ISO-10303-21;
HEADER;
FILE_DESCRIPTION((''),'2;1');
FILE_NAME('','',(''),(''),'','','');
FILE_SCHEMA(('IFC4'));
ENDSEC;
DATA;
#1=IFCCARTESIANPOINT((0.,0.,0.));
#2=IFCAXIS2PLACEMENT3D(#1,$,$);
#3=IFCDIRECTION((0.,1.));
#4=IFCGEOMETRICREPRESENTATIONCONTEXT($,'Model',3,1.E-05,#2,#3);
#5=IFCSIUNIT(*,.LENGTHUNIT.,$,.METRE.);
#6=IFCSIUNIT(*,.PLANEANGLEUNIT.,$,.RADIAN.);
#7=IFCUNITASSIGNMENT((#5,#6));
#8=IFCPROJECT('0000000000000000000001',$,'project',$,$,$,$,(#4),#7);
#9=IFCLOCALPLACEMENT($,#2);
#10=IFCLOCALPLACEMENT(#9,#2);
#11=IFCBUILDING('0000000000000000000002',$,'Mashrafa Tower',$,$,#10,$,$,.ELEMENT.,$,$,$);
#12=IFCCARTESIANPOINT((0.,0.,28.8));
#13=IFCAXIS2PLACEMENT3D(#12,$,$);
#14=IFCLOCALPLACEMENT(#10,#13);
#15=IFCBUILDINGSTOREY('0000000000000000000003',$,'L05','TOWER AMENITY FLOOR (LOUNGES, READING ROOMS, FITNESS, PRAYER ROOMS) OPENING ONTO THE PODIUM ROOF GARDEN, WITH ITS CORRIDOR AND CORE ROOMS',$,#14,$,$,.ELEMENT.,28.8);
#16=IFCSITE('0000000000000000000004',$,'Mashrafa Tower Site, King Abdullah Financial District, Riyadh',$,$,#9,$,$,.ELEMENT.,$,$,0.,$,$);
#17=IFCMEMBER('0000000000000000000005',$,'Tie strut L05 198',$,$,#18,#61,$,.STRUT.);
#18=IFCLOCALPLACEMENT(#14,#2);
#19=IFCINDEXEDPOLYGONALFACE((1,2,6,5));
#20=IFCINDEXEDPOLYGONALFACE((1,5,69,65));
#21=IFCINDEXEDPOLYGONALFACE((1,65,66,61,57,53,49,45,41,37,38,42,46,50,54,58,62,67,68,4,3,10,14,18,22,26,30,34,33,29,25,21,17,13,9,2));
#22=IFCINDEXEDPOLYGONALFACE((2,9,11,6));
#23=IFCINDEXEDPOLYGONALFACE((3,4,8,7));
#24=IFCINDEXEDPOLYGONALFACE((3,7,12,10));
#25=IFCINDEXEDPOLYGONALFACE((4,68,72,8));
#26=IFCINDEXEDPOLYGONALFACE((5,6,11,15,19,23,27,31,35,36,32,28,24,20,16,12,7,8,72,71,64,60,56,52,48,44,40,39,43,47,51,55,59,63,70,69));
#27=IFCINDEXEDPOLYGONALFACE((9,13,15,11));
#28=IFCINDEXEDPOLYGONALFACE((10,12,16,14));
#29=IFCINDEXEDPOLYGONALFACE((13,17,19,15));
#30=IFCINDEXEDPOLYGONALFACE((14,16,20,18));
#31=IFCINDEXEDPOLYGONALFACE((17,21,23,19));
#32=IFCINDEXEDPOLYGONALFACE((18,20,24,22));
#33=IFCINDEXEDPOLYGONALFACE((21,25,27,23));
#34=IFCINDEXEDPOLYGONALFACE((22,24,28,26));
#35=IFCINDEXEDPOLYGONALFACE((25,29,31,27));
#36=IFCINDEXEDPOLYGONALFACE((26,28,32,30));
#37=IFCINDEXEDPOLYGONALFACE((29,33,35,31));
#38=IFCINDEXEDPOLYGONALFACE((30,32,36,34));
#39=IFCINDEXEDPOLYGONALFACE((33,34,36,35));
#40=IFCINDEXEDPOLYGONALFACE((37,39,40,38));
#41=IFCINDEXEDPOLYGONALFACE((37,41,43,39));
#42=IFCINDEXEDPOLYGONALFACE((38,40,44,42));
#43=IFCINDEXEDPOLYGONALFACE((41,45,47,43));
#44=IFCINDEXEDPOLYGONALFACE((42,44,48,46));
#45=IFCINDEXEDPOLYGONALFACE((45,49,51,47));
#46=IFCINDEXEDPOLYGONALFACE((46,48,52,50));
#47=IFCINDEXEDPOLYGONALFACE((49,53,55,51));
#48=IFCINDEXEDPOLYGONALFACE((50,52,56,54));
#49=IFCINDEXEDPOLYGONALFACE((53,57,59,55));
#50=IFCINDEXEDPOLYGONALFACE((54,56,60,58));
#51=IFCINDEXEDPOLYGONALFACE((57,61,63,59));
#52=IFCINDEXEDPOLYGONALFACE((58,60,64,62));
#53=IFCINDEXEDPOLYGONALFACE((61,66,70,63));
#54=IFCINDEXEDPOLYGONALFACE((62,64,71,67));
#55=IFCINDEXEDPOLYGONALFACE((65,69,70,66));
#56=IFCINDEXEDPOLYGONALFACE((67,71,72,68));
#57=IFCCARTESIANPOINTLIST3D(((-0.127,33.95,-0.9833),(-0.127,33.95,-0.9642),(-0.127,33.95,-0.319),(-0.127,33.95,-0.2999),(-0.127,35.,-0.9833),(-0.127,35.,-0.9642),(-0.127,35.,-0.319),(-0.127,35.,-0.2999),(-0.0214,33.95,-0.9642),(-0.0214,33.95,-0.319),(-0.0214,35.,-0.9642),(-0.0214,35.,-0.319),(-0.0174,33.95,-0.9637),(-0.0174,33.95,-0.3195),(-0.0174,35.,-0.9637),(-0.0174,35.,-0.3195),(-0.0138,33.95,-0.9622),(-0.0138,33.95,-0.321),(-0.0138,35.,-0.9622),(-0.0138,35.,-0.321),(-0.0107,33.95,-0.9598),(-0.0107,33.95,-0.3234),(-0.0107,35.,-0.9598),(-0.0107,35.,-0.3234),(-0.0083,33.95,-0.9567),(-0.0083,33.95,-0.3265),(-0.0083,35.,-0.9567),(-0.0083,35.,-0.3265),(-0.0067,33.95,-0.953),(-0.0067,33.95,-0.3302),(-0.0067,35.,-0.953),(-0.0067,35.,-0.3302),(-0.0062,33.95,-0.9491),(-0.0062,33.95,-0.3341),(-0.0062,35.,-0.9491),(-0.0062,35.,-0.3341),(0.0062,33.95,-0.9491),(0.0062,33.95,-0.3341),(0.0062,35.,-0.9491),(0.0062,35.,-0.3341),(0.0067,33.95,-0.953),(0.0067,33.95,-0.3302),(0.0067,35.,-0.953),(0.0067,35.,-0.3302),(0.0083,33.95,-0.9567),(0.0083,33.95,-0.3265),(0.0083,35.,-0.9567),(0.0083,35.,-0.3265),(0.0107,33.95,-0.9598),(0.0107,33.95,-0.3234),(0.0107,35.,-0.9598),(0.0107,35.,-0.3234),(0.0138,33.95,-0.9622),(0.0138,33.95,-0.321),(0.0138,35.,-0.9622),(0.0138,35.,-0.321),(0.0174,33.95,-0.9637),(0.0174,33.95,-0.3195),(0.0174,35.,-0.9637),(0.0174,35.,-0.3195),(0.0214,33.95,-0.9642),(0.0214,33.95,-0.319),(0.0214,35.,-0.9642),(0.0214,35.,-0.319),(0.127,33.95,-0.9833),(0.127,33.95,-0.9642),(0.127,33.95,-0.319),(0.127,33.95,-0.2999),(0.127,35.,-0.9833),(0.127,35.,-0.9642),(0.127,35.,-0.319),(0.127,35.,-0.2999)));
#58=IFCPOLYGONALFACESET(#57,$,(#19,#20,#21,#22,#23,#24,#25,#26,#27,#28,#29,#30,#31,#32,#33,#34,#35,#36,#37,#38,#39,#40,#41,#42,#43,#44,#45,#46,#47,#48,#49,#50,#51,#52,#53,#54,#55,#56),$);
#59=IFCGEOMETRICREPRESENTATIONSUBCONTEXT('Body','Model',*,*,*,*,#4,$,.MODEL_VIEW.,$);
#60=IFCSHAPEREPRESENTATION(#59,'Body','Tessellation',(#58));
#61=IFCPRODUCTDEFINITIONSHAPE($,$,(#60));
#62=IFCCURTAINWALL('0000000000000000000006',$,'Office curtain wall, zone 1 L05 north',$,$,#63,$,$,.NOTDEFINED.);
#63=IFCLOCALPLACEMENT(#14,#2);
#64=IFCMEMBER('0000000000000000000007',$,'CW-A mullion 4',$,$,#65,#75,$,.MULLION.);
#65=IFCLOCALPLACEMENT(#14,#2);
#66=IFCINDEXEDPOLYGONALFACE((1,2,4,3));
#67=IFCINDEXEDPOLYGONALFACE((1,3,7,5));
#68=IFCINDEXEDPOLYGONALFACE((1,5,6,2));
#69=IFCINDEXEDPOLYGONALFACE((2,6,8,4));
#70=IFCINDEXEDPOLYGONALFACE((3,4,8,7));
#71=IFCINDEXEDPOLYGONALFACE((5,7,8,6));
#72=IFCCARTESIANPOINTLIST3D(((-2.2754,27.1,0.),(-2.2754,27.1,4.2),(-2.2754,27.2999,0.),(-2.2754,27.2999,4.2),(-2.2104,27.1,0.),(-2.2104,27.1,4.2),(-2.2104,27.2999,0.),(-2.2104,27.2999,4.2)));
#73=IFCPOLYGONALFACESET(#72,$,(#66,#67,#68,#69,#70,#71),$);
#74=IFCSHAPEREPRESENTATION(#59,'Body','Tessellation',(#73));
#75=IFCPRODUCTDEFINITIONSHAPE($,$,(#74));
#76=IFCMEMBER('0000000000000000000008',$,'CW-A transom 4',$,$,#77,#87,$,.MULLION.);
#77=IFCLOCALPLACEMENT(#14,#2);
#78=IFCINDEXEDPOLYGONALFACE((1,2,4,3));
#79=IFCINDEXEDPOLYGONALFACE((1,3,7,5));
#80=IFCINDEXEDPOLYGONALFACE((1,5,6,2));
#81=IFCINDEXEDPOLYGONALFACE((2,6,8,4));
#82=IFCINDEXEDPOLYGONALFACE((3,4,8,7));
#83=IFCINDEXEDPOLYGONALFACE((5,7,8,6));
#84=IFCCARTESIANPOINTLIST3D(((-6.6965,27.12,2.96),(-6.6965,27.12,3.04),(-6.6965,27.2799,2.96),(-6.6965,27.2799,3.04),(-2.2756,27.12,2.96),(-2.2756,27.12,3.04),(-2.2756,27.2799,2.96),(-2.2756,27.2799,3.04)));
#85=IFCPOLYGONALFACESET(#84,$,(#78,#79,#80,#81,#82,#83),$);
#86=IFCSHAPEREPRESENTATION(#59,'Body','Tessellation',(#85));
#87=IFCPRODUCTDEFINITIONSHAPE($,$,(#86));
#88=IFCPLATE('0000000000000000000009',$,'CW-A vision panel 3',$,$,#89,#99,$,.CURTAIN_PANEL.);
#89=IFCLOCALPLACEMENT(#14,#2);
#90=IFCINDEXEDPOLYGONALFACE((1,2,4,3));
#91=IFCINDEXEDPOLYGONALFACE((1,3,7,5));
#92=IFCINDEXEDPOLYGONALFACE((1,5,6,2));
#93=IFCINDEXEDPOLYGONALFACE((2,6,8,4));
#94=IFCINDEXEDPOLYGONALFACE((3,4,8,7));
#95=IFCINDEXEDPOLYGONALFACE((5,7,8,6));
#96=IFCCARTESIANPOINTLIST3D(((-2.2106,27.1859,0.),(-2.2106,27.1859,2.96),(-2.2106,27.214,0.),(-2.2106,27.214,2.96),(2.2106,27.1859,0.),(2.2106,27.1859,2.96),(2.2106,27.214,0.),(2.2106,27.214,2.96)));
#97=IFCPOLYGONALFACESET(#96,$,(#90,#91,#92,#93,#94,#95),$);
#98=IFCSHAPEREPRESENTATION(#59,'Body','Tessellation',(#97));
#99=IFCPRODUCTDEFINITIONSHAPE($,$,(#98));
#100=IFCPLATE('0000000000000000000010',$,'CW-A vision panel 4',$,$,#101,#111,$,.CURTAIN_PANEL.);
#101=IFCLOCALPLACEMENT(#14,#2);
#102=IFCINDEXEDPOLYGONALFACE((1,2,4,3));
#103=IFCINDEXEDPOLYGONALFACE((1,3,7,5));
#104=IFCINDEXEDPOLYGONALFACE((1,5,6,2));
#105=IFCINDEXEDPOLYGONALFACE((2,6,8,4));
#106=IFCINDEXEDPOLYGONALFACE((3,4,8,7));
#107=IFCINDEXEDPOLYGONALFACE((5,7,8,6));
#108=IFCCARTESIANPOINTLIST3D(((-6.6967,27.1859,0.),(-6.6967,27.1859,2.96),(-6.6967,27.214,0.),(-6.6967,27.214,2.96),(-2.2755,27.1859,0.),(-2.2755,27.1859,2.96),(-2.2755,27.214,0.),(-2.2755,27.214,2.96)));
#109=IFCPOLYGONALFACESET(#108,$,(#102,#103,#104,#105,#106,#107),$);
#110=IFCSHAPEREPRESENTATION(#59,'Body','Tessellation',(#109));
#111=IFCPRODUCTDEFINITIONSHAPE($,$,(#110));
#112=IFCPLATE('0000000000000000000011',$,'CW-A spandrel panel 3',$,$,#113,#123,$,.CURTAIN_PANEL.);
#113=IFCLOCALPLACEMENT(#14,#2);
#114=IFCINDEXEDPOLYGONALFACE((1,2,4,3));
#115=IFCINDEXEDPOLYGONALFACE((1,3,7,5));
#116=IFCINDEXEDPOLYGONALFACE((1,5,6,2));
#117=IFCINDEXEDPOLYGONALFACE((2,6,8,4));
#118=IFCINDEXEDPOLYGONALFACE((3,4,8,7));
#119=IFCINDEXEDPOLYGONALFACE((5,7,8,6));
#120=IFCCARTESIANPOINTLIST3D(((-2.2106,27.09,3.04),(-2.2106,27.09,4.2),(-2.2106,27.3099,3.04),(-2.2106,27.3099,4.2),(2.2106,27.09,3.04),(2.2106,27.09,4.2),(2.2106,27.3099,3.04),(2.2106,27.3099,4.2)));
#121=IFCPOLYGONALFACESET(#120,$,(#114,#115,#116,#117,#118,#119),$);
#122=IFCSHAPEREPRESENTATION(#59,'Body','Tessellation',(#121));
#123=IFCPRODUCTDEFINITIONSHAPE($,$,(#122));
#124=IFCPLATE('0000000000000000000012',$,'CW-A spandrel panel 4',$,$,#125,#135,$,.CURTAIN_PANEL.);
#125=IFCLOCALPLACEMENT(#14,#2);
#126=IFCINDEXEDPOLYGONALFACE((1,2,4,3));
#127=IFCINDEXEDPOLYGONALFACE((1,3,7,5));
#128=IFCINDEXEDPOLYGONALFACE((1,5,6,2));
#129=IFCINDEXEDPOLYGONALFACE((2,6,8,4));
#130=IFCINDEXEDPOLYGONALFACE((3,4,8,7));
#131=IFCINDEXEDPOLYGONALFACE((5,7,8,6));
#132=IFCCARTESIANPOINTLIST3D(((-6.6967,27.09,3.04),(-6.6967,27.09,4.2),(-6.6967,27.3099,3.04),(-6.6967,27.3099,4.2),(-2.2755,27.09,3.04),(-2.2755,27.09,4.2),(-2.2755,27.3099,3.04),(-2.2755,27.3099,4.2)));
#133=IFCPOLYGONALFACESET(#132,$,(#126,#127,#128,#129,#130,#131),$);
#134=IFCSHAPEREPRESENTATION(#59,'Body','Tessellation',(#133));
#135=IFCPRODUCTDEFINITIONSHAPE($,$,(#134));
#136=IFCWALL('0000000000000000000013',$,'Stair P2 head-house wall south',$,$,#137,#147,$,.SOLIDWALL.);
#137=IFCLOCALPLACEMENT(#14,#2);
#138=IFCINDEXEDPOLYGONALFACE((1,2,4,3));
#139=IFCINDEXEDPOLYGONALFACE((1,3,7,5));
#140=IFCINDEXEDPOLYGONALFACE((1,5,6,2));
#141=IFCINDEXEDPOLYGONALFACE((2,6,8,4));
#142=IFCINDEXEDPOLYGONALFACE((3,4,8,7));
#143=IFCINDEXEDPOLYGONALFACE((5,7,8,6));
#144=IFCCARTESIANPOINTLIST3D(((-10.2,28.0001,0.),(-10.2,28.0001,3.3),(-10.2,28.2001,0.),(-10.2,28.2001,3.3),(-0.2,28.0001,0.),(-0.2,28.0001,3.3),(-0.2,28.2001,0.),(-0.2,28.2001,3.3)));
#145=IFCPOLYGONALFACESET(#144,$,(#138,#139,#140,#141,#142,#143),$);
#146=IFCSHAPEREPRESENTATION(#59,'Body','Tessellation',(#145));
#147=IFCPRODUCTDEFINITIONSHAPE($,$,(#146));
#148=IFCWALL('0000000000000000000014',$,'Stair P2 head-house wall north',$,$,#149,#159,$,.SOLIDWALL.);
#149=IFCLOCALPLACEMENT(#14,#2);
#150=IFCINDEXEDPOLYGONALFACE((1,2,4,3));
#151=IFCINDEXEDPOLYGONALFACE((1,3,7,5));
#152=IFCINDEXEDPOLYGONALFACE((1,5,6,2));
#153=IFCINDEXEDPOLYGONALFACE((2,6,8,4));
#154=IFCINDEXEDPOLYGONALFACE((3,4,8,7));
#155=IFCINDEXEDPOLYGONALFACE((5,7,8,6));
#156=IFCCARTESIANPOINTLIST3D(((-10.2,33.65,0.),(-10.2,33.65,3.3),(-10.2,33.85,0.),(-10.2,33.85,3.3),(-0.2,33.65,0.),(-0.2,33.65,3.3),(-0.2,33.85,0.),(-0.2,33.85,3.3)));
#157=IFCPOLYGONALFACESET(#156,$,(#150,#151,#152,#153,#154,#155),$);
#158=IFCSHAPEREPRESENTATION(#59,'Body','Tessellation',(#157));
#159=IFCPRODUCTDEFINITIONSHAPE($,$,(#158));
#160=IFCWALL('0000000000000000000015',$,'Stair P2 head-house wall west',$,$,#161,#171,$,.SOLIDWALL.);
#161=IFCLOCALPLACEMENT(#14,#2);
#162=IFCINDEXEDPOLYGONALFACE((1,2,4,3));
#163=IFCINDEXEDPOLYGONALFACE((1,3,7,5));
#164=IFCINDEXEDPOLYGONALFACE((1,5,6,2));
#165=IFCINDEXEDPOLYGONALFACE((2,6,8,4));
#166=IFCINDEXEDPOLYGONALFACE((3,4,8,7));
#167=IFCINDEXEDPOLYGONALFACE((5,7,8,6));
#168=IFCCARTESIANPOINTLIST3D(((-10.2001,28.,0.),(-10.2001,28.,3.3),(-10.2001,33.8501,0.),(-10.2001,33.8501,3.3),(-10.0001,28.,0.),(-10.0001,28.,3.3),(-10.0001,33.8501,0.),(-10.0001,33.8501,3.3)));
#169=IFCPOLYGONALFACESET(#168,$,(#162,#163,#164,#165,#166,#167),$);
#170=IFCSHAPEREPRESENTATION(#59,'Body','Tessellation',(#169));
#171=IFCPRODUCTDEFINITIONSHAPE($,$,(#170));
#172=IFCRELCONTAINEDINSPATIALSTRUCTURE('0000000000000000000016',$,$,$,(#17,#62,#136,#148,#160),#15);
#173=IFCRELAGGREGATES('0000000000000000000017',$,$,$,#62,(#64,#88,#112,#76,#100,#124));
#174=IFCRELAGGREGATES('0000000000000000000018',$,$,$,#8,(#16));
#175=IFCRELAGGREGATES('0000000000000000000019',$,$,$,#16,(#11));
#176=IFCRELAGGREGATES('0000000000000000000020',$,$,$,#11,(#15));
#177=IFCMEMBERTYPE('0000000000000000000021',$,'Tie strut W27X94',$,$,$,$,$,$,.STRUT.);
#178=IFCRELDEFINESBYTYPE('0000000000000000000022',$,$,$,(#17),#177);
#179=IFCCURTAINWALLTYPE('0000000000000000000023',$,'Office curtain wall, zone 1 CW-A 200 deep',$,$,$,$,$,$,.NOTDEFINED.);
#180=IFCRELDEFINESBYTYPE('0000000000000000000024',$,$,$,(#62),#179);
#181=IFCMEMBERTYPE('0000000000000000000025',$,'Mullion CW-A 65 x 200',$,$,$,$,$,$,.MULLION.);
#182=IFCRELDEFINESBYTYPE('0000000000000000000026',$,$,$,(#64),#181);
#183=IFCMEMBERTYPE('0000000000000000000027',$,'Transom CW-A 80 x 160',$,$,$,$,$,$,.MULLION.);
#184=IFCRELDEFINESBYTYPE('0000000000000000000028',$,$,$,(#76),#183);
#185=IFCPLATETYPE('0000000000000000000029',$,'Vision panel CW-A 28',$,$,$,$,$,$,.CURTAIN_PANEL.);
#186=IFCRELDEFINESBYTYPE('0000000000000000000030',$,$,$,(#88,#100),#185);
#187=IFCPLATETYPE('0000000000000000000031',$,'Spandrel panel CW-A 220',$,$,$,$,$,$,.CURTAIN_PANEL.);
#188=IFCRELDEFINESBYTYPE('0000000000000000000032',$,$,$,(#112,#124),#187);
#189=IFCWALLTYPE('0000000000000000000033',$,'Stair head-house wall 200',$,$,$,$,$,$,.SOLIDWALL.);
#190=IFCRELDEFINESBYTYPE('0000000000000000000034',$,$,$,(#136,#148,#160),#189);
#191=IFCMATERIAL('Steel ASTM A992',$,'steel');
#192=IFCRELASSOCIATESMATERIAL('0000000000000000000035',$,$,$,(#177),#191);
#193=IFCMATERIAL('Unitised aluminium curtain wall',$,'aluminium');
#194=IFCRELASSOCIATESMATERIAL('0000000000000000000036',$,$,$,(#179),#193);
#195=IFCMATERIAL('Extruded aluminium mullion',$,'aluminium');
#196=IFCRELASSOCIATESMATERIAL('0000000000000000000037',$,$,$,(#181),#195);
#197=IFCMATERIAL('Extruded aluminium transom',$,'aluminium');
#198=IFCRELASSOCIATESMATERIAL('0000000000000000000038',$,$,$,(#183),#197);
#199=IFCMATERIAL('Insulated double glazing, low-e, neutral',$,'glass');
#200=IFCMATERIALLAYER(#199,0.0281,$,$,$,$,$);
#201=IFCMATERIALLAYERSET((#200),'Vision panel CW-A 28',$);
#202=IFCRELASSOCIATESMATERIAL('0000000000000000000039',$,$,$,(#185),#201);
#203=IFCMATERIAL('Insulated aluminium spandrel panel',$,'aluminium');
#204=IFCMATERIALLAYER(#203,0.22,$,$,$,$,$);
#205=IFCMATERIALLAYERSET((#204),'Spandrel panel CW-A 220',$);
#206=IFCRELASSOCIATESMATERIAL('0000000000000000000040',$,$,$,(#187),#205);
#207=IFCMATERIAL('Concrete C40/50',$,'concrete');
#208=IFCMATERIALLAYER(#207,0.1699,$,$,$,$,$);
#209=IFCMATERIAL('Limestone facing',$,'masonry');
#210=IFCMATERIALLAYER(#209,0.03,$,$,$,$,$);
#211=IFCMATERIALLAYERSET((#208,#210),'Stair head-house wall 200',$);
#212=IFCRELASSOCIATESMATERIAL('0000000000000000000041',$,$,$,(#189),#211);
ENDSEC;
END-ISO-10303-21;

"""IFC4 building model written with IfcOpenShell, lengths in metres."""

from ifc_helpers import new_model, si_unit, direction, frame, frame_2d, origin, origin_2d, place, context, subcontext, project, spatial, rectangle, i_section, extrude, source, transform, mapped, material, layer, layer_set, material_profile, profile_set, type_object, type_shapes, element, aggregate, save


model = new_model("IFC4")

# Units and contexts
model_context = context("Model", 3, precision=1e-05, world=origin(), true_north=direction((0.0, 1.0)))
body_context = subcontext(model_context, "Body", "Model", "MODEL_VIEW")
ifc_project = project(units=[si_unit("LENGTHUNIT", "METRE"), si_unit("PLANEANGLEUNIT", "RADIAN")], contexts=[model_context])

# Site, building, storey
site_placement = place(None, origin())
site = spatial("IfcSite", under=ifc_project, at=site_placement, Name="Mashrafa Tower Site, King Abdullah Financial District, Riyadh", CompositionType="ELEMENT", RefElevation=0.0)
building_placement = place(site_placement, origin())
building = spatial("IfcBuilding", under=site, at=building_placement, Name="Mashrafa Tower", CompositionType="ELEMENT")
storey_placement = place(building_placement, frame((0.0, 0.0, 28.8)))
storey = spatial("IfcBuildingStorey", under=building, at=storey_placement, Name="L05", Description="TOWER AMENITY FLOOR (LOUNGES, READING ROOMS, FITNESS, PRAYER ROOMS) OPENING ONTO THE PODIUM ROOF GARDEN, WITH ITS CORRIDOR AND CORE ROOMS", CompositionType="ELEMENT", Elevation=28.8)

# Member
ifc_material_1 = material(Name="Steel ASTM A992", Category="steel")
ifc_material_profile_1 = material_profile(ifc_material_1, i_section(OverallWidth=0.2539, OverallDepth=0.6833, WebThickness=0.0125, FlangeThickness=0.019, FilletRadius=0.0151, at=origin_2d()), Name="W27X94")
ifc_profile_set_1 = profile_set([ifc_material_profile_1], Name="Steel ASTM A992")
member_type_1 = type_object("IfcMemberType", Name="Tie strut W27X94", PredefinedType="STRUT", material=ifc_profile_set_1)
shared_shape_1 = source(origin(), body_context, "Body", "SweptSolid", [
    extrude(i_section(OverallWidth=0.2539, OverallDepth=0.6833, WebThickness=0.0125, FlangeThickness=0.019, FilletRadius=0.0151, at=origin_2d()), origin(), (0.0, 0.0, 1.0), 1.05),
])
type_shapes(member_type_1, [shared_shape_1])
for number, where, z_axis, x_axis, name in (
    (1, (0.0, 33.95, -0.6416), (0.0, 1.0, 0.0), (-1.0, 0.0, 0.0), "Tie strut L05 198"),
):
    element("IfcMember", number, at=place(storey_placement, frame(where, z_axis=z_axis, x_axis=x_axis)), inside=storey, type_object=member_type_1, Name=name, PredefinedType="STRUT", context=body_context, shape_type="MappedRepresentation", body=[
        mapped(shared_shape_1, transform((0.0, 0.0, 0.0))),
    ])

# Curtain wall, members, plates
ifc_material_2 = material(Name="Unitised aluminium curtain wall", Category="aluminium")
curtain_wall_type = type_object("IfcCurtainWallType", Name="Office curtain wall, zone 1 CW-A 200 deep", PredefinedType="NOTDEFINED", material=ifc_material_2)
curtain_wall_placement = place(storey_placement, origin())
curtain_wall = element("IfcCurtainWall", 2, at=curtain_wall_placement, inside=storey, type_object=curtain_wall_type, Name="Office curtain wall, zone 1 L05 north", PredefinedType="NOTDEFINED")
ifc_material_3 = material(Name="Extruded aluminium mullion", Category="aluminium")
ifc_material_profile_2 = material_profile(ifc_material_3, rectangle(XDim=0.2, YDim=0.0649, at=origin_2d()), Name="Mullion 65x200")
ifc_profile_set_2 = profile_set([ifc_material_profile_2], Name="Extruded aluminium mullion")
member_type_2 = type_object("IfcMemberType", Name="Mullion CW-A 65 x 200", PredefinedType="MULLION", material=ifc_profile_set_2)
shared_shape_2 = source(origin(), body_context, "Body", "SweptSolid", [
    extrude(rectangle(XDim=0.2, YDim=0.0649, at=origin_2d()), origin(), (0.0, 0.0, 1.0), 4.2),
])
type_shapes(member_type_2, [shared_shape_2])
member_1_placement = place(storey_placement, frame((-2.2429, 27.2, 0.0), z_axis=(0.0, 0.0, 1.0), x_axis=(0.0, -1.0, 0.0)))
member_1 = element("IfcMember", 3, at=member_1_placement, type_object=member_type_2, Name="CW-A mullion 4", PredefinedType="MULLION", context=body_context, shape_type="MappedRepresentation", body=[
    mapped(shared_shape_2, transform((0.0, 0.0, 0.0))),
])
ifc_material_4 = material(Name="Extruded aluminium transom", Category="aluminium")
ifc_material_profile_3 = material_profile(ifc_material_4, rectangle(XDim=0.1599, YDim=0.0801, at=origin_2d()), Name="Transom 80x160")
ifc_profile_set_3 = profile_set([ifc_material_profile_3], Name="Extruded aluminium transom")
member_type_3 = type_object("IfcMemberType", Name="Transom CW-A 80 x 160", PredefinedType="MULLION", material=ifc_profile_set_3)
shared_shape_3 = source(origin(), body_context, "Body", "SweptSolid", [
    extrude(rectangle(XDim=0.1599, YDim=0.0801, at=origin_2d()), origin(), (0.0, 0.0, 1.0), 4.4209),
])
type_shapes(member_type_3, [shared_shape_3])
member_2_placement = place(storey_placement, frame((-2.2756, 27.2, 3.0), z_axis=(-1.0, 0.0, 0.0), x_axis=(0.0, -1.0, 0.0)))
member_2 = element("IfcMember", 4, at=member_2_placement, type_object=member_type_3, Name="CW-A transom 4", PredefinedType="MULLION", context=body_context, shape_type="MappedRepresentation", body=[
    mapped(shared_shape_3, transform((0.0, 0.0, 0.0))),
])
ifc_material_5 = material(Name="Insulated double glazing, low-e, neutral", Category="glass")
ifc_layer_1 = layer(ifc_material_5, 0.0281)
ifc_layer_set_1 = layer_set([ifc_layer_1], Name="Vision panel CW-A 28")
plate_type_1 = type_object("IfcPlateType", Name="Vision panel CW-A 28", PredefinedType="CURTAIN_PANEL", material=ifc_layer_set_1)
shared_shape_4 = source(origin(), body_context, "Body", "SweptSolid", [
    extrude(rectangle(XDim=4.4211, YDim=0.0281, at=origin_2d()), origin(), (0.0, 0.0, 1.0), 2.96),
])
type_shapes(plate_type_1, [shared_shape_4])
plate_1_placement = place(storey_placement, frame((0.0, 27.2, 0.0), z_axis=(0.0, 0.0, 1.0), x_axis=(-1.0, 0.0, 0.0)))
plate_1 = element("IfcPlate", 5, at=plate_1_placement, type_object=plate_type_1, Name="CW-A vision panel 3", PredefinedType="CURTAIN_PANEL", context=body_context, shape_type="MappedRepresentation", body=[
    mapped(shared_shape_4, transform((0.0, 0.0, 0.0))),
])
plate_2_placement = place(storey_placement, frame((-4.4861, 27.2, 0.0), z_axis=(0.0, 0.0, 1.0), x_axis=(-1.0, 0.0, 0.0)))
plate_2 = element("IfcPlate", 6, at=plate_2_placement, type_object=plate_type_1, Name="CW-A vision panel 4", PredefinedType="CURTAIN_PANEL", context=body_context, shape_type="MappedRepresentation", body=[
    mapped(shared_shape_4, transform((0.0, 0.0, 0.0))),
])
ifc_material_6 = material(Name="Insulated aluminium spandrel panel", Category="aluminium")
ifc_layer_2 = layer(ifc_material_6, 0.22)
ifc_layer_set_2 = layer_set([ifc_layer_2], Name="Spandrel panel CW-A 220")
plate_type_2 = type_object("IfcPlateType", Name="Spandrel panel CW-A 220", PredefinedType="CURTAIN_PANEL", material=ifc_layer_set_2)
shared_shape_5 = source(origin(), body_context, "Body", "SweptSolid", [
    extrude(rectangle(XDim=4.4211, YDim=0.22, at=origin_2d()), origin(), (0.0, 0.0, 1.0), 1.1599),
])
type_shapes(plate_type_2, [shared_shape_5])
plate_3_placement = place(storey_placement, frame((0.0, 27.2, 3.04), z_axis=(0.0, 0.0, 1.0), x_axis=(-1.0, 0.0, 0.0)))
plate_3 = element("IfcPlate", 7, at=plate_3_placement, type_object=plate_type_2, Name="CW-A spandrel panel 3", PredefinedType="CURTAIN_PANEL", context=body_context, shape_type="MappedRepresentation", body=[
    mapped(shared_shape_5, transform((0.0, 0.0, 0.0))),
])
plate_4_placement = place(storey_placement, frame((-4.4861, 27.2, 3.04), z_axis=(0.0, 0.0, 1.0), x_axis=(-1.0, 0.0, 0.0)))
plate_4 = element("IfcPlate", 8, at=plate_4_placement, type_object=plate_type_2, Name="CW-A spandrel panel 4", PredefinedType="CURTAIN_PANEL", context=body_context, shape_type="MappedRepresentation", body=[
    mapped(shared_shape_5, transform((0.0, 0.0, 0.0))),
])
aggregate(curtain_wall, [member_1, plate_1, plate_3, member_2, plate_2, plate_4])

# Wall
ifc_material_7 = material(Name="Concrete C40/50", Category="concrete")
ifc_layer_3 = layer(ifc_material_7, 0.1699)
ifc_material_8 = material(Name="Limestone facing", Category="masonry")
ifc_layer_4 = layer(ifc_material_8, 0.03)
ifc_layer_set_3 = layer_set([ifc_layer_3, ifc_layer_4], Name="Stair head-house wall 200")
wall_type = type_object("IfcWallType", Name="Stair head-house wall 200", PredefinedType="SOLIDWALL", material=ifc_layer_set_3)
wall_1_placement = place(storey_placement, frame((-10.2, 28.1001, 0.0), z_axis=(0.0, 0.0, 1.0), x_axis=(1.0, 0.0, 0.0)))
element("IfcWall", 9, at=wall_1_placement, inside=storey, type_object=wall_type, Name="Stair P2 head-house wall south", PredefinedType="SOLIDWALL", context=body_context, shape_type="SweptSolid", body=[
    extrude(rectangle(XDim=10.0, YDim=0.2, at=frame_2d((5.0, 0.0))), origin(), (0.0, 0.0, 1.0), 3.3),
])

# Walls
wall_2_placement = place(storey_placement, frame((-0.2, 33.75, 0.0), z_axis=(0.0, 0.0, 1.0), x_axis=(-1.0, 0.0, 0.0)))
element("IfcWall", 10, at=wall_2_placement, inside=storey, type_object=wall_type, Name="Stair P2 head-house wall north", PredefinedType="SOLIDWALL", context=body_context, shape_type="SweptSolid", body=[
    extrude(rectangle(XDim=10.0, YDim=0.2, at=frame_2d((5.0, 0.0))), origin(), (0.0, 0.0, 1.0), 3.3),
])
wall_3_placement = place(storey_placement, frame((-10.1001, 33.8501, 0.0), z_axis=(0.0, 0.0, 1.0), x_axis=(0.0, -1.0, 0.0)))
element("IfcWall", 11, at=wall_3_placement, inside=storey, type_object=wall_type, Name="Stair P2 head-house wall west", PredefinedType="SOLIDWALL", context=body_context, shape_type="SweptSolid", body=[
    extrude(rectangle(XDim=5.8501, YDim=0.2, at=frame_2d((2.925, 0.0))), origin(), (0.0, 0.0, 1.0), 3.3),
])

save(model, "model.ifc")
